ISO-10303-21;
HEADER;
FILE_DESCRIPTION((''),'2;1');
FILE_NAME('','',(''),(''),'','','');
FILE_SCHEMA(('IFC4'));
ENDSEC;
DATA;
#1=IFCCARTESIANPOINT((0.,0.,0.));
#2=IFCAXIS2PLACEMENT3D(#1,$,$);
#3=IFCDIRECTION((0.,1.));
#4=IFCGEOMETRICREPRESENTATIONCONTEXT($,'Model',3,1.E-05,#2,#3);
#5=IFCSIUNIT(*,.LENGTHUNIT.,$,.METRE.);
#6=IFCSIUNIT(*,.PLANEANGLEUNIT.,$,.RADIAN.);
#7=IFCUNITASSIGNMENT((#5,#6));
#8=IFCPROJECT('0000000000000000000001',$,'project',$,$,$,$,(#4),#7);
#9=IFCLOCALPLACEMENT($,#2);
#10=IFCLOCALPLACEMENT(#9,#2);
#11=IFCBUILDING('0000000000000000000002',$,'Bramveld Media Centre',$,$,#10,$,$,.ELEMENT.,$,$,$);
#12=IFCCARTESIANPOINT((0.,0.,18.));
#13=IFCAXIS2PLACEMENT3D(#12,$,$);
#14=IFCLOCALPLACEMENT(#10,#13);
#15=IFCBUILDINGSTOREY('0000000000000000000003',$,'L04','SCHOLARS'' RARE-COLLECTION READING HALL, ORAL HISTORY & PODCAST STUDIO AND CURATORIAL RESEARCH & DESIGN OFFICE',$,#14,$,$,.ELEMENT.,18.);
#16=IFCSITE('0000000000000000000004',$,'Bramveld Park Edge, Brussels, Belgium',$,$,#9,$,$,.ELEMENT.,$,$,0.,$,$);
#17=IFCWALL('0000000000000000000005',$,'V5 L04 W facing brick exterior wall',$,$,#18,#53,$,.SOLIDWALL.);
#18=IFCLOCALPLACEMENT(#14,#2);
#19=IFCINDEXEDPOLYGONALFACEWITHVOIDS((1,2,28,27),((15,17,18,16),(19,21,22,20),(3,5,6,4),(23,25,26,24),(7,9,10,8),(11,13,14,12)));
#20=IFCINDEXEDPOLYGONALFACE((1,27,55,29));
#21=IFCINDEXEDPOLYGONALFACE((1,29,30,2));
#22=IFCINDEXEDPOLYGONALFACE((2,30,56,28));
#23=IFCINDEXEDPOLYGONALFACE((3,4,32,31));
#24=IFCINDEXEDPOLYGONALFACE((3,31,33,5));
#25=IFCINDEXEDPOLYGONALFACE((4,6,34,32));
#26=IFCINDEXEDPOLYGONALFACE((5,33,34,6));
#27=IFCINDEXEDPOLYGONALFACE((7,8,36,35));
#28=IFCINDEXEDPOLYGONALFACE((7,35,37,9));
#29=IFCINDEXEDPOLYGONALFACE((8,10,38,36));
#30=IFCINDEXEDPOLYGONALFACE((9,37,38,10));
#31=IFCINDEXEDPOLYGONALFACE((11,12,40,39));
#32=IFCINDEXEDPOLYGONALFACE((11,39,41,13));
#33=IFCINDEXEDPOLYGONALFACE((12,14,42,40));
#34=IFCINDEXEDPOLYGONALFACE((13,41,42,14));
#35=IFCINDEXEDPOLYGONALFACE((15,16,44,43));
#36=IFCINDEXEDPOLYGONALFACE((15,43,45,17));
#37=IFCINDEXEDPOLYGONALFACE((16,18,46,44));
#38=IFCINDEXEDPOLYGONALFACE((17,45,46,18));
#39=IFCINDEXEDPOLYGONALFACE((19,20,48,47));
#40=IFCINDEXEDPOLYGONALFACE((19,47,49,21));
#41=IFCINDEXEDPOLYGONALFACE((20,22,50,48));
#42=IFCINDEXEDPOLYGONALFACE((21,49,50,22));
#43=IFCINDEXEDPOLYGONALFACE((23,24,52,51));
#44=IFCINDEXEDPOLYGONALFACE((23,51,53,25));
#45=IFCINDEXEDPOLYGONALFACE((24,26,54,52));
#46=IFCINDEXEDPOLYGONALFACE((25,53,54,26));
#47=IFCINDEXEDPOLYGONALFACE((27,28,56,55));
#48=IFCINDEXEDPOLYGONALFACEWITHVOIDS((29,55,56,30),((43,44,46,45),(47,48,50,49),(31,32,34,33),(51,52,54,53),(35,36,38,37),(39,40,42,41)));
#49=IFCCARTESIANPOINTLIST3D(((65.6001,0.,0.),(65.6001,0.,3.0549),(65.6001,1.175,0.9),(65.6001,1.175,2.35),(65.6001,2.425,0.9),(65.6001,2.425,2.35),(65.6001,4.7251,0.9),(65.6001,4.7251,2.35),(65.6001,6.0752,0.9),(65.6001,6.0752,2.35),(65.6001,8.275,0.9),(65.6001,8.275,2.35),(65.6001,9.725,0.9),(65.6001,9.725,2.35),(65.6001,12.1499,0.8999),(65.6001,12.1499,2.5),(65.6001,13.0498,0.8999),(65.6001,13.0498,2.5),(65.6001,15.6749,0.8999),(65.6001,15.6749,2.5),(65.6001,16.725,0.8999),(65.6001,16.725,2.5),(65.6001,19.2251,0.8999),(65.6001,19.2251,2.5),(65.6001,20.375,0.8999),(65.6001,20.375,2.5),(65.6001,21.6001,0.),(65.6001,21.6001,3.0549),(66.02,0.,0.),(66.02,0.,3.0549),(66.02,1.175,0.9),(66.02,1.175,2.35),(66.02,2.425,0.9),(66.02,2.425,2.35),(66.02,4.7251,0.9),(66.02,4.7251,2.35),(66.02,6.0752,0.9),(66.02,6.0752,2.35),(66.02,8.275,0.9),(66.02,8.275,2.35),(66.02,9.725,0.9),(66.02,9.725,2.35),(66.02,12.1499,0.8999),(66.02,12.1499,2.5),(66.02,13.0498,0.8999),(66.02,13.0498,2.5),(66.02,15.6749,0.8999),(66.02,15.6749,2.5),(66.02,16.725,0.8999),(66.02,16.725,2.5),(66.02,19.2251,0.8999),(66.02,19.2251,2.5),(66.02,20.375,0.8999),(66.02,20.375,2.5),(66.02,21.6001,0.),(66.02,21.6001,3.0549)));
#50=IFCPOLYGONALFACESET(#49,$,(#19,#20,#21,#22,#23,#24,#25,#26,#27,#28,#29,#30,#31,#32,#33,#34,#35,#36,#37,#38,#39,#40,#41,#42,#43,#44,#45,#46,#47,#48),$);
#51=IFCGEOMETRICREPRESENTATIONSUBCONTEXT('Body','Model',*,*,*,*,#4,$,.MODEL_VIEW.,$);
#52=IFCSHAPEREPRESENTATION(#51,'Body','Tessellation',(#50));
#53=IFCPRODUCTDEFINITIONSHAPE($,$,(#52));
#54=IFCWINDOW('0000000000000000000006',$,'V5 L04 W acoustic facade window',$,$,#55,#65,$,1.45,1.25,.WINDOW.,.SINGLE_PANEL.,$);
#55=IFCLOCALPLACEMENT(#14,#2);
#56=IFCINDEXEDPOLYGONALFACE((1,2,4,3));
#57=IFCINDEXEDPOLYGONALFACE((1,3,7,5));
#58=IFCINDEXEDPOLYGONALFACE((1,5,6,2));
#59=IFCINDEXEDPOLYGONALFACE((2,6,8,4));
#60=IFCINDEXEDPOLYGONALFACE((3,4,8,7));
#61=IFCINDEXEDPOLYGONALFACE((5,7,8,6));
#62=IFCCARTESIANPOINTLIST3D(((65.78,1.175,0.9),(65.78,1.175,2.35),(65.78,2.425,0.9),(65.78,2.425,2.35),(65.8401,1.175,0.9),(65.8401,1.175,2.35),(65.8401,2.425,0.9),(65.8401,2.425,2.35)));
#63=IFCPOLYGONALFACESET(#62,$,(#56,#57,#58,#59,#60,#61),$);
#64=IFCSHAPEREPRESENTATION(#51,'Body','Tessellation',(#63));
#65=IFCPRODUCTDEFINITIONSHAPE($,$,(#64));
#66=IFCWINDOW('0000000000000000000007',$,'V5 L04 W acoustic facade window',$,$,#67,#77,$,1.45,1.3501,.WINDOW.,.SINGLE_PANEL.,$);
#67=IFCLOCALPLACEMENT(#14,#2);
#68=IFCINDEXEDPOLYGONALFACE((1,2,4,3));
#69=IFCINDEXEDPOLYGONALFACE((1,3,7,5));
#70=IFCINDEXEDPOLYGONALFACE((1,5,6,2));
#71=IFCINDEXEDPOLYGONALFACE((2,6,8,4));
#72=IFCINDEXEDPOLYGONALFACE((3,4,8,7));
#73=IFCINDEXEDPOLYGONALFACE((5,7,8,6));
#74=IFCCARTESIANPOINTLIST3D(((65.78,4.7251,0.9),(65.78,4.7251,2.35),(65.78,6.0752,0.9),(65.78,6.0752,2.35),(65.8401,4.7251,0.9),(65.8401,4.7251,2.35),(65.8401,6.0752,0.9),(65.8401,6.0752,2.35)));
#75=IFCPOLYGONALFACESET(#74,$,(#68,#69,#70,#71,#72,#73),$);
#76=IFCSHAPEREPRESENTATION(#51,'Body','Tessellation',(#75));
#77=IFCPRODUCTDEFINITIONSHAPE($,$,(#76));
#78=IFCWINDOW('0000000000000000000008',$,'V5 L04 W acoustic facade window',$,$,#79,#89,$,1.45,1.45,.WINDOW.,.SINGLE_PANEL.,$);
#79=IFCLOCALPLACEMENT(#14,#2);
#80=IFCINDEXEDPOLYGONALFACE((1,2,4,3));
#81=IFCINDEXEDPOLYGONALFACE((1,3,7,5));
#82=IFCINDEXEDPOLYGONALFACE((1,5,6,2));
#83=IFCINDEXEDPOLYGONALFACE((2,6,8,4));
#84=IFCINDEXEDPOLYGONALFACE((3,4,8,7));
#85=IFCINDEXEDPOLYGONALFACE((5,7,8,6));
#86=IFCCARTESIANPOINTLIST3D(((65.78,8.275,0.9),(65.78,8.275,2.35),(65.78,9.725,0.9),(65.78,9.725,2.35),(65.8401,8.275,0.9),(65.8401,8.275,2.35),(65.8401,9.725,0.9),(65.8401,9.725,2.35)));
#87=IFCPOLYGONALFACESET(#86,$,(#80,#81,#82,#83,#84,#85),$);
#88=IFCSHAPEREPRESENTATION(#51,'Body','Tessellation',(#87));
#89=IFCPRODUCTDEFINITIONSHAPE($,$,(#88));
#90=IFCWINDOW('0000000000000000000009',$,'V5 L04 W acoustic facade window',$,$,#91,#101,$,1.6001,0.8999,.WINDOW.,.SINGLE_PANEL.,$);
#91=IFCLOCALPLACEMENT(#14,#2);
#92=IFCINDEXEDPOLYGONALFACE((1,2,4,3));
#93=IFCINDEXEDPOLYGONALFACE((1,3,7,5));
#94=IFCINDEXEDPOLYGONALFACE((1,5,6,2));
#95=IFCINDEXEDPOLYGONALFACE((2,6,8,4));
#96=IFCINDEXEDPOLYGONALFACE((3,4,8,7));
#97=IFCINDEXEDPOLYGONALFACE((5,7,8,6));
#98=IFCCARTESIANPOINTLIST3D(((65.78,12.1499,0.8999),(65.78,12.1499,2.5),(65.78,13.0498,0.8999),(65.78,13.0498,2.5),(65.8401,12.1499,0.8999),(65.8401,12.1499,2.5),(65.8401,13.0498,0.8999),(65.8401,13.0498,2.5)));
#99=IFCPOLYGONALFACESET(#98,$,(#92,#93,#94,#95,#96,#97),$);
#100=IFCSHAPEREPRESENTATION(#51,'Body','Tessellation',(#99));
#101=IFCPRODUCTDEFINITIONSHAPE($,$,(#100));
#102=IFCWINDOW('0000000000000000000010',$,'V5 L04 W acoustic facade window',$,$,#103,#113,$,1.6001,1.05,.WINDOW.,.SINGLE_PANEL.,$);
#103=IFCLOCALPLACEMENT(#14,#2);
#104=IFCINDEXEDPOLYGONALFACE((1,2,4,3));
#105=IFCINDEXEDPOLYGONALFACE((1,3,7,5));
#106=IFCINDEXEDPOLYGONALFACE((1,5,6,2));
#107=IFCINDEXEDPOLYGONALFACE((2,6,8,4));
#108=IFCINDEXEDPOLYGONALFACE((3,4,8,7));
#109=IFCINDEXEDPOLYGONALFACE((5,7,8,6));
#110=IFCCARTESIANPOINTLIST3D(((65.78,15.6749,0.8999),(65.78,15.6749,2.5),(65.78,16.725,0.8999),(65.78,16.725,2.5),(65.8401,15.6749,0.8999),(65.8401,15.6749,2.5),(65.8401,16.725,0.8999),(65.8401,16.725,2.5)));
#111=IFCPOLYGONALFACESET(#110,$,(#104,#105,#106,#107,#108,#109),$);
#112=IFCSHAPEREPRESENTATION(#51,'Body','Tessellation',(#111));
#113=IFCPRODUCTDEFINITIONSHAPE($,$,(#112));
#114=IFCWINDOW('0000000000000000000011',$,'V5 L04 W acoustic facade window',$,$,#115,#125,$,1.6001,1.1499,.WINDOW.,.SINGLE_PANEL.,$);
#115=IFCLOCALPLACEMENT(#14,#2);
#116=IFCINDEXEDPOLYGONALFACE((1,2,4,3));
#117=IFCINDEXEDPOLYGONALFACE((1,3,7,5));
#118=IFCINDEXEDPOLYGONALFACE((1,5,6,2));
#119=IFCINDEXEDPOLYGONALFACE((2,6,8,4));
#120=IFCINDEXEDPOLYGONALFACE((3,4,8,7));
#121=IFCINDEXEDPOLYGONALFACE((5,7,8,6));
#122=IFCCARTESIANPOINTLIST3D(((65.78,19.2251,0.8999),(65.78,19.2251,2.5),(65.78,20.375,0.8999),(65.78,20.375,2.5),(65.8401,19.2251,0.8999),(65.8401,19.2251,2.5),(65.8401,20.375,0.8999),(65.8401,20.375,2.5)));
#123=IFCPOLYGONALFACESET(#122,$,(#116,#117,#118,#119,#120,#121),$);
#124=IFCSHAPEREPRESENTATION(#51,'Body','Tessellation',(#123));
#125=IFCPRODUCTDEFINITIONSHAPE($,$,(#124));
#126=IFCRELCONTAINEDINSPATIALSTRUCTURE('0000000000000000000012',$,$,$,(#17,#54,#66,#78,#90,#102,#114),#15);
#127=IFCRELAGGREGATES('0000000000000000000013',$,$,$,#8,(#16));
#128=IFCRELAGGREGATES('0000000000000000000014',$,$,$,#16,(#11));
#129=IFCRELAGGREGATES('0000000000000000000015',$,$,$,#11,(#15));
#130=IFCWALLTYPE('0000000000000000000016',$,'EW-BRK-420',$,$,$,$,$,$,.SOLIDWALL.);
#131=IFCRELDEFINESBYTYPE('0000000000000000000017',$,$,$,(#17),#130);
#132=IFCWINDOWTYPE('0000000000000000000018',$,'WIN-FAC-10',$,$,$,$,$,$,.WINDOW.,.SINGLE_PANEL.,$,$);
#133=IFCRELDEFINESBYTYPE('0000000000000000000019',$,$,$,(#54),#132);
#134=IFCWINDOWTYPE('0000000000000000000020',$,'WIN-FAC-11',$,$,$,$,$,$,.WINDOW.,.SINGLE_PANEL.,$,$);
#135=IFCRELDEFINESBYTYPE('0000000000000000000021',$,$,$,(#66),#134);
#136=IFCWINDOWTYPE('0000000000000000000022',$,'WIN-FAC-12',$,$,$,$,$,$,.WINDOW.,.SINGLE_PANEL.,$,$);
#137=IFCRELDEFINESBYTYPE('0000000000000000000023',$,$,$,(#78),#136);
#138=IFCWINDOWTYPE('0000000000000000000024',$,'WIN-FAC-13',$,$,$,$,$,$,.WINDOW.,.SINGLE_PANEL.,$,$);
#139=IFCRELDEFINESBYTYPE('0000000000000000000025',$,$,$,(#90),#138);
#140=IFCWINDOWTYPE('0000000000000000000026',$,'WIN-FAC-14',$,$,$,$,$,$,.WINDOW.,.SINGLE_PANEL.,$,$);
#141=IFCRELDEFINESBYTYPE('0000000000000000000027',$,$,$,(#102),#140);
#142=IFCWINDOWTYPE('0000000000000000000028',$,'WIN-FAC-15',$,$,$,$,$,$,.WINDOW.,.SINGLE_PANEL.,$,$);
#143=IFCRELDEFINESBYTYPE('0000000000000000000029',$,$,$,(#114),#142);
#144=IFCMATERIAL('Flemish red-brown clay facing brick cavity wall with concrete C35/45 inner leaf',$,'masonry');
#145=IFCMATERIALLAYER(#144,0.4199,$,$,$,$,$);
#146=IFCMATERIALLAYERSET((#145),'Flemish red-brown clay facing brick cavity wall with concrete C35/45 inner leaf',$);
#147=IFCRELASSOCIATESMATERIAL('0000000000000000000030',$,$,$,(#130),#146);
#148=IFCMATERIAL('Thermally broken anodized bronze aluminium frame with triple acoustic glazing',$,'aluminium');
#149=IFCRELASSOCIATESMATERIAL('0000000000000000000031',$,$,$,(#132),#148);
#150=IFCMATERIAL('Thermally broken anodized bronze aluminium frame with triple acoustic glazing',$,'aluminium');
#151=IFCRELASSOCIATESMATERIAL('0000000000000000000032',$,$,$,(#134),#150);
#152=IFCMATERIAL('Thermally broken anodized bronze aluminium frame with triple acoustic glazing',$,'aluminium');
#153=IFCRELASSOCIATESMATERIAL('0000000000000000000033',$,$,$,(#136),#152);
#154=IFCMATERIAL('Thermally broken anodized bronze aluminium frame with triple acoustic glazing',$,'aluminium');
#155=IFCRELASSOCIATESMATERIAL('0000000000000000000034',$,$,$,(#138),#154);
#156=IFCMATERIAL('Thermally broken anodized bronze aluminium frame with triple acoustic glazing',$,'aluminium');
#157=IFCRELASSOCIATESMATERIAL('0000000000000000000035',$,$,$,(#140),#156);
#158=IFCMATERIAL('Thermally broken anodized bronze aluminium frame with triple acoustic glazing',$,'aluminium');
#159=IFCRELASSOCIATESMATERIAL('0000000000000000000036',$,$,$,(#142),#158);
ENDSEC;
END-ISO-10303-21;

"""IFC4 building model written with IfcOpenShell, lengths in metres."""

from ifc_helpers import new_model, si_unit, direction, frame, frame_2d, origin, place, context, subcontext, project, spatial, rectangle, extrude, material, layer, layer_set, type_object, element, fill, save


model = new_model("IFC4")

# Units and contexts
model_context = context("Model", 3, precision=1e-05, world=origin(), true_north=direction((0.0, 1.0)))
body_context = subcontext(model_context, "Body", "Model", "MODEL_VIEW")
ifc_project = project(units=[si_unit("LENGTHUNIT", "METRE"), si_unit("PLANEANGLEUNIT", "RADIAN")], contexts=[model_context])

# Site, building, storey
site_placement = place(None, origin())
site = spatial("IfcSite", under=ifc_project, at=site_placement, Name="Bramveld Park Edge, Brussels, Belgium", CompositionType="ELEMENT", RefElevation=0.0)
building_placement = place(site_placement, origin())
building = spatial("IfcBuilding", under=site, at=building_placement, Name="Bramveld Media Centre", CompositionType="ELEMENT")
storey_placement = place(building_placement, frame((0.0, 0.0, 18.0)))
storey = spatial("IfcBuildingStorey", under=building, at=storey_placement, Name="L04", Description="SCHOLARS' RARE-COLLECTION READING HALL, ORAL HISTORY & PODCAST STUDIO AND CURATORIAL RESEARCH & DESIGN OFFICE", CompositionType="ELEMENT", Elevation=18.0)

# Wall, openings, windows
ifc_material_1 = material(Name="Flemish red-brown clay facing brick cavity wall with concrete C35/45 inner leaf", Category="masonry")
ifc_layer = layer(ifc_material_1, 0.4199)
ifc_layer_set = layer_set([ifc_layer], Name="Flemish red-brown clay facing brick cavity wall with concrete C35/45 inner leaf")
wall_type = type_object("IfcWallType", Name="EW-BRK-420", PredefinedType="SOLIDWALL", material=ifc_layer_set)
wall_placement = place(storey_placement, frame((65.8101, 0.0, 0.0), z_axis=(0.0, 0.0, 1.0), x_axis=(0.0, 1.0, 0.0)))
wall = element("IfcWall", 1, at=wall_placement, inside=storey, type_object=wall_type, Name="V5 L04 W facing brick exterior wall", PredefinedType="SOLIDWALL", context=body_context, shape_type="SweptSolid", body=[
    extrude(rectangle(XDim=21.6001, YDim=0.4199, at=frame_2d((10.8, 0.0))), origin(), (0.0, 0.0, 1.0), 3.0549),
])
opening_1_placement = place(wall_placement, frame((1.175, 0.0, 0.8999)))
opening_1 = element("IfcOpeningElement", 2, at=opening_1_placement, cuts=wall, PredefinedType="OPENING", context=body_context, shape_type="SweptSolid", body=[
    extrude(rectangle(XDim=1.25, YDim=1.45, at=frame_2d((0.625, 0.7251))), frame((0.0, 0.2219, 0.0), z_axis=(0.0, -1.0, 0.0), x_axis=(1.0, 0.0, 0.0)), (0.0, 0.0, 1.0), 0.4438),
])
opening_2_placement = place(wall_placement, frame((4.7251, 0.0, 0.8999)))
opening_2 = element("IfcOpeningElement", 3, at=opening_2_placement, cuts=wall, PredefinedType="OPENING", context=body_context, shape_type="SweptSolid", body=[
    extrude(rectangle(XDim=1.3501, YDim=1.45, at=frame_2d((0.675, 0.7251))), frame((0.0, 0.2219, 0.0), z_axis=(0.0, -1.0, 0.0), x_axis=(1.0, 0.0, 0.0)), (0.0, 0.0, 1.0), 0.4438),
])
opening_3_placement = place(wall_placement, frame((8.2749, 0.0, 0.8999)))
opening_3 = element("IfcOpeningElement", 4, at=opening_3_placement, cuts=wall, PredefinedType="OPENING", context=body_context, shape_type="SweptSolid", body=[
    extrude(rectangle(XDim=1.45, YDim=1.45, at=frame_2d((0.7251, 0.7251))), frame((0.0, 0.2219, 0.0), z_axis=(0.0, -1.0, 0.0), x_axis=(1.0, 0.0, 0.0)), (0.0, 0.0, 1.0), 0.4438),
])
opening_4_placement = place(wall_placement, frame((12.1499, 0.0, 0.8999)))
opening_4 = element("IfcOpeningElement", 5, at=opening_4_placement, cuts=wall, PredefinedType="OPENING", context=body_context, shape_type="SweptSolid", body=[
    extrude(rectangle(XDim=0.8999, YDim=1.6001, at=frame_2d((0.45, 0.8))), frame((0.0, 0.2219, 0.0), z_axis=(0.0, -1.0, 0.0), x_axis=(1.0, 0.0, 0.0)), (0.0, 0.0, 1.0), 0.4438),
])
opening_5_placement = place(wall_placement, frame((15.675, 0.0, 0.8999)))
opening_5 = element("IfcOpeningElement", 6, at=opening_5_placement, cuts=wall, PredefinedType="OPENING", context=body_context, shape_type="SweptSolid", body=[
    extrude(rectangle(XDim=1.05, YDim=1.6001, at=frame_2d((0.5249, 0.8))), frame((0.0, 0.2219, 0.0), z_axis=(0.0, -1.0, 0.0), x_axis=(1.0, 0.0, 0.0)), (0.0, 0.0, 1.0), 0.4438),
])
opening_6_placement = place(wall_placement, frame((19.2251, 0.0, 0.8999)))
opening_6 = element("IfcOpeningElement", 7, at=opening_6_placement, cuts=wall, PredefinedType="OPENING", context=body_context, shape_type="SweptSolid", body=[
    extrude(rectangle(XDim=1.1499, YDim=1.6001, at=frame_2d((0.575, 0.8))), frame((0.0, 0.2219, 0.0), z_axis=(0.0, -1.0, 0.0), x_axis=(1.0, 0.0, 0.0)), (0.0, 0.0, 1.0), 0.4438),
])
ifc_material_2 = material(Name="Thermally broken anodized bronze aluminium frame with triple acoustic glazing", Category="aluminium")
window_type_1 = type_object("IfcWindowType", Name="WIN-FAC-10", PartitioningType="SINGLE_PANEL", PredefinedType="WINDOW", material=ifc_material_2)
window_1_placement = place(opening_1_placement, origin())
window_1 = element("IfcWindow", 8, at=window_1_placement, inside=storey, type_object=window_type_1, Name="V5 L04 W acoustic facade window", OverallHeight=1.45, OverallWidth=1.25, PartitioningType="SINGLE_PANEL", PredefinedType="WINDOW", context=body_context, shape_type="SweptSolid", body=[
    extrude(rectangle(XDim=1.25, YDim=1.45, at=frame_2d((0.625, 0.7251))), frame((0.0, 0.03, 0.0), z_axis=(0.0, -1.0, 0.0), x_axis=(1.0, 0.0, 0.0)), (0.0, 0.0, 1.0), 0.0601),
])
fill(opening_1, window_1)
ifc_material_3 = material(Name="Thermally broken anodized bronze aluminium frame with triple acoustic glazing", Category="aluminium")
window_type_2 = type_object("IfcWindowType", Name="WIN-FAC-11", PartitioningType="SINGLE_PANEL", PredefinedType="WINDOW", material=ifc_material_3)
window_2_placement = place(opening_2_placement, origin())
window_2 = element("IfcWindow", 9, at=window_2_placement, inside=storey, type_object=window_type_2, Name="V5 L04 W acoustic facade window", OverallHeight=1.45, OverallWidth=1.3501, PartitioningType="SINGLE_PANEL", PredefinedType="WINDOW", context=body_context, shape_type="SweptSolid", body=[
    extrude(rectangle(XDim=1.3501, YDim=1.45, at=frame_2d((0.675, 0.7251))), frame((0.0, 0.03, 0.0), z_axis=(0.0, -1.0, 0.0), x_axis=(1.0, 0.0, 0.0)), (0.0, 0.0, 1.0), 0.0601),
])
fill(opening_2, window_2)
ifc_material_4 = material(Name="Thermally broken anodized bronze aluminium frame with triple acoustic glazing", Category="aluminium")
window_type_3 = type_object("IfcWindowType", Name="WIN-FAC-12", PartitioningType="SINGLE_PANEL", PredefinedType="WINDOW", material=ifc_material_4)
window_3_placement = place(opening_3_placement, origin())
window_3 = element("IfcWindow", 10, at=window_3_placement, inside=storey, type_object=window_type_3, Name="V5 L04 W acoustic facade window", OverallHeight=1.45, OverallWidth=1.45, PartitioningType="SINGLE_PANEL", PredefinedType="WINDOW", context=body_context, shape_type="SweptSolid", body=[
    extrude(rectangle(XDim=1.45, YDim=1.45, at=frame_2d((0.7251, 0.7251))), frame((0.0, 0.03, 0.0), z_axis=(0.0, -1.0, 0.0), x_axis=(1.0, 0.0, 0.0)), (0.0, 0.0, 1.0), 0.0601),
])
fill(opening_3, window_3)
ifc_material_5 = material(Name="Thermally broken anodized bronze aluminium frame with triple acoustic glazing", Category="aluminium")
window_type_4 = type_object("IfcWindowType", Name="WIN-FAC-13", PartitioningType="SINGLE_PANEL", PredefinedType="WINDOW", material=ifc_material_5)
window_4_placement = place(opening_4_placement, origin())
window_4 = element("IfcWindow", 11, at=window_4_placement, inside=storey, type_object=window_type_4, Name="V5 L04 W acoustic facade window", OverallHeight=1.6001, OverallWidth=0.8999, PartitioningType="SINGLE_PANEL", PredefinedType="WINDOW", context=body_context, shape_type="SweptSolid", body=[
    extrude(rectangle(XDim=0.8999, YDim=1.6001, at=frame_2d((0.45, 0.8))), frame((0.0, 0.03, 0.0), z_axis=(0.0, -1.0, 0.0), x_axis=(1.0, 0.0, 0.0)), (0.0, 0.0, 1.0), 0.0601),
])
fill(opening_4, window_4)
ifc_material_6 = material(Name="Thermally broken anodized bronze aluminium frame with triple acoustic glazing", Category="aluminium")
window_type_5 = type_object("IfcWindowType", Name="WIN-FAC-14", PartitioningType="SINGLE_PANEL", PredefinedType="WINDOW", material=ifc_material_6)
window_5_placement = place(opening_5_placement, origin())
window_5 = element("IfcWindow", 12, at=window_5_placement, inside=storey, type_object=window_type_5, Name="V5 L04 W acoustic facade window", OverallHeight=1.6001, OverallWidth=1.05, PartitioningType="SINGLE_PANEL", PredefinedType="WINDOW", context=body_context, shape_type="SweptSolid", body=[
    extrude(rectangle(XDim=1.05, YDim=1.6001, at=frame_2d((0.5249, 0.8))), frame((0.0, 0.03, 0.0), z_axis=(0.0, -1.0, 0.0), x_axis=(1.0, 0.0, 0.0)), (0.0, 0.0, 1.0), 0.0601),
])
fill(opening_5, window_5)
ifc_material_7 = material(Name="Thermally broken anodized bronze aluminium frame with triple acoustic glazing", Category="aluminium")
window_type_6 = type_object("IfcWindowType", Name="WIN-FAC-15", PartitioningType="SINGLE_PANEL", PredefinedType="WINDOW", material=ifc_material_7)
window_6_placement = place(opening_6_placement, origin())
window_6 = element("IfcWindow", 13, at=window_6_placement, inside=storey, type_object=window_type_6, Name="V5 L04 W acoustic facade window", OverallHeight=1.6001, OverallWidth=1.1499, PartitioningType="SINGLE_PANEL", PredefinedType="WINDOW", context=body_context, shape_type="SweptSolid", body=[
    extrude(rectangle(XDim=1.1499, YDim=1.6001, at=frame_2d((0.575, 0.8))), frame((0.0, 0.03, 0.0), z_axis=(0.0, -1.0, 0.0), x_axis=(1.0, 0.0, 0.0)), (0.0, 0.0, 1.0), 0.0601),
])
fill(opening_6, window_6)

save(model, "model.ifc")
